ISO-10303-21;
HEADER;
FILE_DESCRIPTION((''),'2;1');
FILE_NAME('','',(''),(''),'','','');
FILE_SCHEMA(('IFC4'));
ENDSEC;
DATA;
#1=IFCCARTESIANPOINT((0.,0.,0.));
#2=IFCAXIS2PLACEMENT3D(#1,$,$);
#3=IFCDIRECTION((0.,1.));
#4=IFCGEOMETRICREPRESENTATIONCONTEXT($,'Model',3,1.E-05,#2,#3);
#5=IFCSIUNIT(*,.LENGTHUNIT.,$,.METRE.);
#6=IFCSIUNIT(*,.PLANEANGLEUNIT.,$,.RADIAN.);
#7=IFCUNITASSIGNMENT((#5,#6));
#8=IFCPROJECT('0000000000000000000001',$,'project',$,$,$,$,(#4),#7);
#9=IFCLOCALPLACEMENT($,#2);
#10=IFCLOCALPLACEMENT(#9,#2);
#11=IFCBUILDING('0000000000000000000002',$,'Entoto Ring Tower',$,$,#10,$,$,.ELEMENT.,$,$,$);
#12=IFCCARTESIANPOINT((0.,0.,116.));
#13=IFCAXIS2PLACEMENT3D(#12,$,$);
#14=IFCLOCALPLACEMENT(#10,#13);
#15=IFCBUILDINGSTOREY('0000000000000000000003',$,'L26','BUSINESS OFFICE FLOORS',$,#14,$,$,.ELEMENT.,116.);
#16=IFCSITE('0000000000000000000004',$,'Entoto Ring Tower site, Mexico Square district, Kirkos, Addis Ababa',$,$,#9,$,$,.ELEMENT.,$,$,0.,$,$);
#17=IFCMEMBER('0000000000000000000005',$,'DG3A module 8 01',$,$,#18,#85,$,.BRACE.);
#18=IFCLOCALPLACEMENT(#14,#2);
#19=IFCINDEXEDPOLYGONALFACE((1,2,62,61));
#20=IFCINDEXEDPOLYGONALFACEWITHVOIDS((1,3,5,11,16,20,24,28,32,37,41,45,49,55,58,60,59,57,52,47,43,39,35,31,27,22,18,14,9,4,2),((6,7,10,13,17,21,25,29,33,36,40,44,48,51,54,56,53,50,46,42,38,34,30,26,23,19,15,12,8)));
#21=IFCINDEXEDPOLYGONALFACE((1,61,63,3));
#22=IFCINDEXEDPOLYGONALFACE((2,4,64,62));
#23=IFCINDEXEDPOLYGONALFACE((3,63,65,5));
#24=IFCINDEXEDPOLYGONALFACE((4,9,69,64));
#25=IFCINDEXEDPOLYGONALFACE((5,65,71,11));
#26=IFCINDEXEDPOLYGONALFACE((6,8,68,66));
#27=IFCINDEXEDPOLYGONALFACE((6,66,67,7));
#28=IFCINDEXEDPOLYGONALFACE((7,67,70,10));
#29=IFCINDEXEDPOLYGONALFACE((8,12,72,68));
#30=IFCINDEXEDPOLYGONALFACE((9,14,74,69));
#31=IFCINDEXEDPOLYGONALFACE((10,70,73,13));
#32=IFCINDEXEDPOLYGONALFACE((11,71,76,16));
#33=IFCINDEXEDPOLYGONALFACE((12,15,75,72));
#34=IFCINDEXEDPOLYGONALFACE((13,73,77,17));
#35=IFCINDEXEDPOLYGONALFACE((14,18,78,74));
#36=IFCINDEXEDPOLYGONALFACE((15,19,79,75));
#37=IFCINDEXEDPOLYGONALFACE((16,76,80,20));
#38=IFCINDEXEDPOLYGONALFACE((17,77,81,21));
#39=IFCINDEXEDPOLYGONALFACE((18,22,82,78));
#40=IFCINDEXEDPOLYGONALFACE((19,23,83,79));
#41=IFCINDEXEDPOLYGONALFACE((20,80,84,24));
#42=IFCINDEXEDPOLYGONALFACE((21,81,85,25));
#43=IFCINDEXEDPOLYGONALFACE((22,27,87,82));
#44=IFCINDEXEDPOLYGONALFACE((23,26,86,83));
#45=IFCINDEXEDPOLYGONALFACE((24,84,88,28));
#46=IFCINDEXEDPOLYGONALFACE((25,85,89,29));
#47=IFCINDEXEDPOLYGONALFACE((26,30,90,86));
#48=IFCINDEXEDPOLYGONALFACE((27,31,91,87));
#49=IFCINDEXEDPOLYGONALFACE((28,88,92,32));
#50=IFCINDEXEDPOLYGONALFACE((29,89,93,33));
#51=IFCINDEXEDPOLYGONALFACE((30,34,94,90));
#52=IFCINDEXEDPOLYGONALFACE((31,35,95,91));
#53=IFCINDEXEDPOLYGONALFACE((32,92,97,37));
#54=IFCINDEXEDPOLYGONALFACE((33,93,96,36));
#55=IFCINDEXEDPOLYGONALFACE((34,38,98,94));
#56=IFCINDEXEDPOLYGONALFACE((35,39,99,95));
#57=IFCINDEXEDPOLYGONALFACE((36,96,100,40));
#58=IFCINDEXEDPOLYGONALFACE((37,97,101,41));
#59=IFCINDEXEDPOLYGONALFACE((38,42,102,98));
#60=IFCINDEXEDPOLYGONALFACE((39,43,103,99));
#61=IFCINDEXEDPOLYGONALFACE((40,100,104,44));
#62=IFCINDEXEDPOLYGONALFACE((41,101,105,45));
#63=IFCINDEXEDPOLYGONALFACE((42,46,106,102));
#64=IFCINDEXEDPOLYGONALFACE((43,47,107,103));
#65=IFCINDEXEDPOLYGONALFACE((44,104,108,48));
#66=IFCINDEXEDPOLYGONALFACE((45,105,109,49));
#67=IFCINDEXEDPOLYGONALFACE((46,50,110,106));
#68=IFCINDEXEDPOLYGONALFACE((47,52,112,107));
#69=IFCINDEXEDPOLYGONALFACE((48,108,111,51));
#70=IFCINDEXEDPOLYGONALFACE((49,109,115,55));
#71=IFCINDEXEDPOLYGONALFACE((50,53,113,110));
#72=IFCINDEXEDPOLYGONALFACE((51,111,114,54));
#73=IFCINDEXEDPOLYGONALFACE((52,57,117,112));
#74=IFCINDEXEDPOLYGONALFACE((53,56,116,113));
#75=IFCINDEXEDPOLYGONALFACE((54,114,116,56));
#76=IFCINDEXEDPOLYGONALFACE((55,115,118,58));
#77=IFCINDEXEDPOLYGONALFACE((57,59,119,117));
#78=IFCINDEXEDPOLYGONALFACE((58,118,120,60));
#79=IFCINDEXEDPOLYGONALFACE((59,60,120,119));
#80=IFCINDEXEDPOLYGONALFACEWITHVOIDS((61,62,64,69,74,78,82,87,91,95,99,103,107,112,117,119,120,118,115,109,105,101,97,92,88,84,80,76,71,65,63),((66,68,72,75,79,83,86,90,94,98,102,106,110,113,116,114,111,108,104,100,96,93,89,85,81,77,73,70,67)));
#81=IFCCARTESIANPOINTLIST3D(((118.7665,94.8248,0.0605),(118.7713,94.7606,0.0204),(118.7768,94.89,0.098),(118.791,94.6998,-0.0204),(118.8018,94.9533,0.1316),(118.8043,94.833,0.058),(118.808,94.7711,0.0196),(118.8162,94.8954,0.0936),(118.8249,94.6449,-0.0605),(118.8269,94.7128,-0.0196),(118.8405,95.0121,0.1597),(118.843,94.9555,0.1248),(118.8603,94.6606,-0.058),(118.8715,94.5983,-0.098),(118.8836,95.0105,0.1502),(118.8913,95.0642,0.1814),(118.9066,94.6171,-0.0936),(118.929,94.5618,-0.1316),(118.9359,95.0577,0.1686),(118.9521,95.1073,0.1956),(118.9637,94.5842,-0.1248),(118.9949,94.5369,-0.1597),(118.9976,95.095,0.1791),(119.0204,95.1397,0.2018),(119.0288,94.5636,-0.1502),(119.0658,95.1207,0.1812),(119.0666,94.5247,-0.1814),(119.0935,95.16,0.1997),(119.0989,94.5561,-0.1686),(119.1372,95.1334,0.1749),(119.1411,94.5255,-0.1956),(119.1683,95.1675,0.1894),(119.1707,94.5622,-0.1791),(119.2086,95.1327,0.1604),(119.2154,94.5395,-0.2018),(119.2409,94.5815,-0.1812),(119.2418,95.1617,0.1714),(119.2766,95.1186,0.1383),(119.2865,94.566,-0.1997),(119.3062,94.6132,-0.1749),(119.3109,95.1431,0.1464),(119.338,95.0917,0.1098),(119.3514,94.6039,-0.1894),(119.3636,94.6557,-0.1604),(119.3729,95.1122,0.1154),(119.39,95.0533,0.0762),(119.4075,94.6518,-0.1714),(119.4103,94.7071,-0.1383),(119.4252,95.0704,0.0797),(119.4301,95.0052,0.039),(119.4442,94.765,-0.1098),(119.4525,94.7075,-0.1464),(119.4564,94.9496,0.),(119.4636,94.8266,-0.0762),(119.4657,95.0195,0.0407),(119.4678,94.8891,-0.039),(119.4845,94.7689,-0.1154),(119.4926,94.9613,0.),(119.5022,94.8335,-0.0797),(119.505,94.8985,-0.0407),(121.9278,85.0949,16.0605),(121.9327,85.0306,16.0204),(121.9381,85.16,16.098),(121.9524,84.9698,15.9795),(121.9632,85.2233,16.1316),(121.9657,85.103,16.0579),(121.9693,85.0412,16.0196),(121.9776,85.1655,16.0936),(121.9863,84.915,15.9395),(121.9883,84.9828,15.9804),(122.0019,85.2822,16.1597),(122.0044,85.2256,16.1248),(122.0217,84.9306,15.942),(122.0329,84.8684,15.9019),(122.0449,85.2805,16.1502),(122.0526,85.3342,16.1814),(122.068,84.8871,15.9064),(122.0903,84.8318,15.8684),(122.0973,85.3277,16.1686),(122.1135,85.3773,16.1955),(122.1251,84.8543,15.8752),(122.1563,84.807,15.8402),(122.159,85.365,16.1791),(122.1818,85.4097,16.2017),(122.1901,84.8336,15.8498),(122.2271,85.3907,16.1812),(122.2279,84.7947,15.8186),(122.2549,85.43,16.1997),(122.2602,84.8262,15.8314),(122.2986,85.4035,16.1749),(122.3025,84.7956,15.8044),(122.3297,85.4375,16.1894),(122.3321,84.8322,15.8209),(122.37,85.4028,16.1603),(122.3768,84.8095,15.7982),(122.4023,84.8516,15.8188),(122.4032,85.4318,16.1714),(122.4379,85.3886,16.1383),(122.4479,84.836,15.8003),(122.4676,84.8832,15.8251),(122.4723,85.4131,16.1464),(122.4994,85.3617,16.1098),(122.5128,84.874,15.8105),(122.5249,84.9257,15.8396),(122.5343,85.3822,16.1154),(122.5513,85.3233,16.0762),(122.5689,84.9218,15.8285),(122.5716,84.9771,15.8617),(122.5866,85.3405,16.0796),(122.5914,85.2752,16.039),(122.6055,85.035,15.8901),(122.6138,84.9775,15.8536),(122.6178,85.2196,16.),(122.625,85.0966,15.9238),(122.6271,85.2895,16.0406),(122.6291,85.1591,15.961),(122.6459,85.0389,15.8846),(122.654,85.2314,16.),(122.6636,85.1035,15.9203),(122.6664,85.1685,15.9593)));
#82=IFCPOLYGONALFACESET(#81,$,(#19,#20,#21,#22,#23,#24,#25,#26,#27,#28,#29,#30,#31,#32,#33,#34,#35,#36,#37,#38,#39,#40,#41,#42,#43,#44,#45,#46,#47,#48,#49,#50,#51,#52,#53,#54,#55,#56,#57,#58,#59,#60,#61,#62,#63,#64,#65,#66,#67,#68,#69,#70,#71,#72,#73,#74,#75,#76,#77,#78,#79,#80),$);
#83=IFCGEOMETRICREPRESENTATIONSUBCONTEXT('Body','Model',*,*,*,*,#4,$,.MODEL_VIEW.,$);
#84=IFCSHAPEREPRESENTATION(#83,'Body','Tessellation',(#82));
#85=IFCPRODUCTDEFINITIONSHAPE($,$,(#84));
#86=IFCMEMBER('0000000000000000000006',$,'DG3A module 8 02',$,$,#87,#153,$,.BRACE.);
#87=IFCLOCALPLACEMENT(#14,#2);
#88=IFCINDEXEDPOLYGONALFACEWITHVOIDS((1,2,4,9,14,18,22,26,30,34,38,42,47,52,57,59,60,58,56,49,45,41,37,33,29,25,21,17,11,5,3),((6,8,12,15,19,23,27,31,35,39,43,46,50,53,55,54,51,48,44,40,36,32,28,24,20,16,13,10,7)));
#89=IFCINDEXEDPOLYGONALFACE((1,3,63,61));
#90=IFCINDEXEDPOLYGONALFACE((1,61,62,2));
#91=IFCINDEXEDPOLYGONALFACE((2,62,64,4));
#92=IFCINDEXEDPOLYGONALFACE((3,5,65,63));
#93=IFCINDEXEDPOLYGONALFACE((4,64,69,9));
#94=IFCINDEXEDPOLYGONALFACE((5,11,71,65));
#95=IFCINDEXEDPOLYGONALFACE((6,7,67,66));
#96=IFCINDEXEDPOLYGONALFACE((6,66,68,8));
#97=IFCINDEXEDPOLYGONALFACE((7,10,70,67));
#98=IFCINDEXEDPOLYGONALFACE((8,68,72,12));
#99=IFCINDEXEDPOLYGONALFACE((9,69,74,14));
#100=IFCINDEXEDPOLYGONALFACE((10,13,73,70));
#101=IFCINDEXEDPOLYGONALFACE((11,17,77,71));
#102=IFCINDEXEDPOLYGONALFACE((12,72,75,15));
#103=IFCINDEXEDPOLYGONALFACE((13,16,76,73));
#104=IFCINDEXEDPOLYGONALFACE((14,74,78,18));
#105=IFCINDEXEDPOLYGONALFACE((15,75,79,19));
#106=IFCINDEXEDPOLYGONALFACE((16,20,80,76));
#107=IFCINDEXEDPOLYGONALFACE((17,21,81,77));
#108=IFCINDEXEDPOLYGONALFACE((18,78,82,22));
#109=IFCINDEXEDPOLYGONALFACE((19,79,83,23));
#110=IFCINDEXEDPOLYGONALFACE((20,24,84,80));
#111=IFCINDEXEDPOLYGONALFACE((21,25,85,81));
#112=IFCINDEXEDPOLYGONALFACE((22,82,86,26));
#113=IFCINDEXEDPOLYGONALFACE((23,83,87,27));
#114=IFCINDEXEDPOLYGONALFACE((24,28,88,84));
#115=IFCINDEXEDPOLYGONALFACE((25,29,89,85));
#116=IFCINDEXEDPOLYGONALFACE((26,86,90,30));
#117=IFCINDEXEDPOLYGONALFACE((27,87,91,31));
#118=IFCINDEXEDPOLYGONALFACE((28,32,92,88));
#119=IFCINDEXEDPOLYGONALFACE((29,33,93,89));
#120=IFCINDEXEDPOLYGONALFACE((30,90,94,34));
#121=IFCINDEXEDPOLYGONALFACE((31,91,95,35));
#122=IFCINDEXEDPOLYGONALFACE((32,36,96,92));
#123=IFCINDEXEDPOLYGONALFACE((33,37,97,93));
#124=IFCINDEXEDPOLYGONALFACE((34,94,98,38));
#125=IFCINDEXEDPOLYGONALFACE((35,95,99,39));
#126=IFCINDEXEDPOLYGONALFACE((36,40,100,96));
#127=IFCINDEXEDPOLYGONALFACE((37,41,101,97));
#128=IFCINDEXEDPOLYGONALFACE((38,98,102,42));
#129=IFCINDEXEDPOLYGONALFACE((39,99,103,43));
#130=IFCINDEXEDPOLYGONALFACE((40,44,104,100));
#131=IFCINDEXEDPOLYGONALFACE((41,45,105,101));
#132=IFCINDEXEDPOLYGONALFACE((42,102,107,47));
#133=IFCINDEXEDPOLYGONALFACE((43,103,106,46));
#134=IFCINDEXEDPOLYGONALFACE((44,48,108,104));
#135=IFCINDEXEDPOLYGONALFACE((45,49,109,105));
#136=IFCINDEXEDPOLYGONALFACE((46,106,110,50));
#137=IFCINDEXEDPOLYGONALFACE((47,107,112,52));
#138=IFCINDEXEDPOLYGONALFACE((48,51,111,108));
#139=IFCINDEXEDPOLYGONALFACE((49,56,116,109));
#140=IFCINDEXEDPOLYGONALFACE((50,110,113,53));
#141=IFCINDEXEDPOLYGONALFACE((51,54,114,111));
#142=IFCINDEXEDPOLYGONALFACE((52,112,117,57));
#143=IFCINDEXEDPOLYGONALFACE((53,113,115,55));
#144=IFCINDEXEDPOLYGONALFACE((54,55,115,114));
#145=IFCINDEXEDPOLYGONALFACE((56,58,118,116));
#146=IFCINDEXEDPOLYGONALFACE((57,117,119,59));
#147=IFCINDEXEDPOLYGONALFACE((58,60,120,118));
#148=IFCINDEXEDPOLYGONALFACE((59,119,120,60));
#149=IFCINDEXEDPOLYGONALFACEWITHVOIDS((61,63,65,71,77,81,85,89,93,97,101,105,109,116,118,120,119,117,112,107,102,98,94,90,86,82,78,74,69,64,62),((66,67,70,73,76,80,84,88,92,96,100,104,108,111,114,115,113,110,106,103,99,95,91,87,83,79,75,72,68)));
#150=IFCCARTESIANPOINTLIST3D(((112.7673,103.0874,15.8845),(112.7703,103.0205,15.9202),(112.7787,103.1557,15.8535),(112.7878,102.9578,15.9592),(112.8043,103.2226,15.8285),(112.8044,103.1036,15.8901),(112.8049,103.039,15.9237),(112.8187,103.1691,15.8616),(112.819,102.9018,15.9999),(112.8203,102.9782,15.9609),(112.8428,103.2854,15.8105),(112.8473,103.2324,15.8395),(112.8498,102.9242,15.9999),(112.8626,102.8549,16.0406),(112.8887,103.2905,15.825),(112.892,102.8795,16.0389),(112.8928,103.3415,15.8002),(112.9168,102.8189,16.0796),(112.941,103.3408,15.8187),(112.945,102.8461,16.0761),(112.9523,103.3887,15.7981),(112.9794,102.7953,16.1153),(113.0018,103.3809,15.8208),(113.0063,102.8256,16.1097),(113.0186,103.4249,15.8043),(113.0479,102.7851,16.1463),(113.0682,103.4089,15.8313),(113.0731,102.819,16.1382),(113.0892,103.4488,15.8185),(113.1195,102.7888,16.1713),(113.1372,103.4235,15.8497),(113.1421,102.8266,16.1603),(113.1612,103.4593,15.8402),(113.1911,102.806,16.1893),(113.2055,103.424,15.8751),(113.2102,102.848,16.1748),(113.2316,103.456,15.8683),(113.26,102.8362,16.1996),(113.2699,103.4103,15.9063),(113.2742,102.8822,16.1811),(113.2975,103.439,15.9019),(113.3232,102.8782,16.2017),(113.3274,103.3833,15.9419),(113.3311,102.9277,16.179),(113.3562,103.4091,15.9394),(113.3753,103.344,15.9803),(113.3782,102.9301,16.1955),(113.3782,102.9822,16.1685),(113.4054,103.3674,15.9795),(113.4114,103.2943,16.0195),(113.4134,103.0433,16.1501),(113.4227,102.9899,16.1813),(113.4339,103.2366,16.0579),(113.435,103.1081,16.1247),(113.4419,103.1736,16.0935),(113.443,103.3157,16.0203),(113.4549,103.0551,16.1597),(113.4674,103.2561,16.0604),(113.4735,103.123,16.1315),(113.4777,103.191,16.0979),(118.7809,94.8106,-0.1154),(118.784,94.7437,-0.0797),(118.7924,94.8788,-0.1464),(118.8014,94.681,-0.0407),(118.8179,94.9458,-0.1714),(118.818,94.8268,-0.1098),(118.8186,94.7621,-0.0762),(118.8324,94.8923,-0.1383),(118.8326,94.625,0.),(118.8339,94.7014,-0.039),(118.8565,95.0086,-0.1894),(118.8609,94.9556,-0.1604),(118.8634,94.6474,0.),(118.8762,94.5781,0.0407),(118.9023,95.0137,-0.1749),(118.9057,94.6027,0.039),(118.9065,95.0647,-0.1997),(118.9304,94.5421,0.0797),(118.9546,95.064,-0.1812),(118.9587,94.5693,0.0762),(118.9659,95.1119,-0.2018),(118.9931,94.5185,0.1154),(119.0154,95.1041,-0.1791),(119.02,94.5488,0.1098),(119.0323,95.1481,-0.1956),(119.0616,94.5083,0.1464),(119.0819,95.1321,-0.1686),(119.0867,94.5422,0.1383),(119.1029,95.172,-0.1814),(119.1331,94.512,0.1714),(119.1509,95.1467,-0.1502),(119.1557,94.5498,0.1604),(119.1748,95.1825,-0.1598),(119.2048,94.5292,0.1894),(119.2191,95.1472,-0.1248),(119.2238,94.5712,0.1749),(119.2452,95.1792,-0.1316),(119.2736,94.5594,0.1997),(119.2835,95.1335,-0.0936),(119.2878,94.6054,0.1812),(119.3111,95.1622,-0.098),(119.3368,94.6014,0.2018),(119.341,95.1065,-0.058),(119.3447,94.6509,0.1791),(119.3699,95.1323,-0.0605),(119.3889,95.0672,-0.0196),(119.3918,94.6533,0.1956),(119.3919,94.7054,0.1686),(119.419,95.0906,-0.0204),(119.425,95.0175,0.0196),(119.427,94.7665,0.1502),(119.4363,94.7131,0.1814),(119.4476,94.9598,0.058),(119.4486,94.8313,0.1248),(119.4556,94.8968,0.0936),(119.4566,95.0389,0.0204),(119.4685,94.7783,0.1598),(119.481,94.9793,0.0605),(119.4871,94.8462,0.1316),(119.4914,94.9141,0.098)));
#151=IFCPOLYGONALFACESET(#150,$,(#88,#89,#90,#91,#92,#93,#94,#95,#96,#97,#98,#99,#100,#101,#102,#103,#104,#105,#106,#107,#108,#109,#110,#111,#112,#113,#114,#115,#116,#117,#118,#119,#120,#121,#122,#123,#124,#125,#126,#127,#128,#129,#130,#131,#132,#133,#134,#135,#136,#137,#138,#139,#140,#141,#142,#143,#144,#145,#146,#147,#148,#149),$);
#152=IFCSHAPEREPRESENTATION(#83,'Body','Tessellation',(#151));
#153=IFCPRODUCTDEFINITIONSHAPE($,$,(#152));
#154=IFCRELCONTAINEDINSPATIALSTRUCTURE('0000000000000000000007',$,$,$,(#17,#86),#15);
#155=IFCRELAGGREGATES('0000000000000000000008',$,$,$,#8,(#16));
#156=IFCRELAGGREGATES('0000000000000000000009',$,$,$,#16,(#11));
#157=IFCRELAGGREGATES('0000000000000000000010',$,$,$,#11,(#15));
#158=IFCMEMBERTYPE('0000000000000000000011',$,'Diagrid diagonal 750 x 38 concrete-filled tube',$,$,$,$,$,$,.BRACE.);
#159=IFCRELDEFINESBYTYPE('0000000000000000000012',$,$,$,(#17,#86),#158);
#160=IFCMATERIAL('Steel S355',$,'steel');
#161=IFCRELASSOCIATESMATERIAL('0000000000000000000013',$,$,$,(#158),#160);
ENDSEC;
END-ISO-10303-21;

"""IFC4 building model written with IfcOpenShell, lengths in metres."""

from ifc_helpers import new_model, si_unit, direction, frame, origin, origin_2d, place, context, subcontext, project, spatial, circle, hollow_circle, extrude, material, material_profile, profile_set, type_object, element, save


model = new_model("IFC4")

# Units and contexts
model_context = context("Model", 3, precision=1e-05, world=origin(), true_north=direction((0.0, 1.0)))
body_context = subcontext(model_context, "Body", "Model", "MODEL_VIEW")
ifc_project = project(units=[si_unit("LENGTHUNIT", "METRE"), si_unit("PLANEANGLEUNIT", "RADIAN")], contexts=[model_context])

# Site, building, storey
site_placement = place(None, origin())
site = spatial("IfcSite", under=ifc_project, at=site_placement, Name="Entoto Ring Tower site, Mexico Square district, Kirkos, Addis Ababa", CompositionType="ELEMENT", RefElevation=0.0)
building_placement = place(site_placement, origin())
building = spatial("IfcBuilding", under=site, at=building_placement, Name="Entoto Ring Tower", CompositionType="ELEMENT")
storey_placement = place(building_placement, frame((0.0, 0.0, 116.0)))
storey = spatial("IfcBuildingStorey", under=building, at=storey_placement, Name="L26", Description="BUSINESS OFFICE FLOORS", CompositionType="ELEMENT", Elevation=116.0)

# Members
ifc_material_1 = material(Name="Steel S355", Category="steel")
ifc_material_profile_1 = material_profile(ifc_material_1, hollow_circle(Radius=0.375, WallThickness=0.0381, at=origin_2d()), Name="CHS 750 x 38")
ifc_material_2 = material(Name="Concrete C60/75", Category="concrete")
ifc_material_profile_2 = material_profile(ifc_material_2, circle(Radius=0.3369, at=origin_2d()), Name="Concrete C60/75 infill")
ifc_profile_set_1 = profile_set([ifc_material_profile_1, ifc_material_profile_2], Name="Steel S355")
member_type_1 = type_object("IfcMemberType", Name="Diagrid diagonal 750 x 38 concrete-filled tube", PredefinedType="BRACE", material=ifc_profile_set_1)
for number, where, z_axis, x_axis, name in (
    (1, (119.136, 94.8455, 0.0), (0.166465, -0.512341, 0.842494), (0.951059, 0.309009, 0.0), "DG3A module 8 01"),
    (2, (119.136, 94.8455, 0.0), (-0.316654, 0.435823, 0.84249), (-0.809008, -0.587797, 0.0), "DG3A module 8 02"),
):
    element("IfcMember", number, at=place(storey_placement, frame(where, z_axis=z_axis, x_axis=x_axis)), inside=storey, type_object=member_type_1, Name=name, PredefinedType="BRACE", context=body_context, shape_type="SweptSolid", body=[
        extrude(hollow_circle(Radius=0.375, WallThickness=0.0381, at=origin_2d()), origin(), (0.0, 0.0, 1.0), 18.9912),
    ])

save(model, "model.ifc")
